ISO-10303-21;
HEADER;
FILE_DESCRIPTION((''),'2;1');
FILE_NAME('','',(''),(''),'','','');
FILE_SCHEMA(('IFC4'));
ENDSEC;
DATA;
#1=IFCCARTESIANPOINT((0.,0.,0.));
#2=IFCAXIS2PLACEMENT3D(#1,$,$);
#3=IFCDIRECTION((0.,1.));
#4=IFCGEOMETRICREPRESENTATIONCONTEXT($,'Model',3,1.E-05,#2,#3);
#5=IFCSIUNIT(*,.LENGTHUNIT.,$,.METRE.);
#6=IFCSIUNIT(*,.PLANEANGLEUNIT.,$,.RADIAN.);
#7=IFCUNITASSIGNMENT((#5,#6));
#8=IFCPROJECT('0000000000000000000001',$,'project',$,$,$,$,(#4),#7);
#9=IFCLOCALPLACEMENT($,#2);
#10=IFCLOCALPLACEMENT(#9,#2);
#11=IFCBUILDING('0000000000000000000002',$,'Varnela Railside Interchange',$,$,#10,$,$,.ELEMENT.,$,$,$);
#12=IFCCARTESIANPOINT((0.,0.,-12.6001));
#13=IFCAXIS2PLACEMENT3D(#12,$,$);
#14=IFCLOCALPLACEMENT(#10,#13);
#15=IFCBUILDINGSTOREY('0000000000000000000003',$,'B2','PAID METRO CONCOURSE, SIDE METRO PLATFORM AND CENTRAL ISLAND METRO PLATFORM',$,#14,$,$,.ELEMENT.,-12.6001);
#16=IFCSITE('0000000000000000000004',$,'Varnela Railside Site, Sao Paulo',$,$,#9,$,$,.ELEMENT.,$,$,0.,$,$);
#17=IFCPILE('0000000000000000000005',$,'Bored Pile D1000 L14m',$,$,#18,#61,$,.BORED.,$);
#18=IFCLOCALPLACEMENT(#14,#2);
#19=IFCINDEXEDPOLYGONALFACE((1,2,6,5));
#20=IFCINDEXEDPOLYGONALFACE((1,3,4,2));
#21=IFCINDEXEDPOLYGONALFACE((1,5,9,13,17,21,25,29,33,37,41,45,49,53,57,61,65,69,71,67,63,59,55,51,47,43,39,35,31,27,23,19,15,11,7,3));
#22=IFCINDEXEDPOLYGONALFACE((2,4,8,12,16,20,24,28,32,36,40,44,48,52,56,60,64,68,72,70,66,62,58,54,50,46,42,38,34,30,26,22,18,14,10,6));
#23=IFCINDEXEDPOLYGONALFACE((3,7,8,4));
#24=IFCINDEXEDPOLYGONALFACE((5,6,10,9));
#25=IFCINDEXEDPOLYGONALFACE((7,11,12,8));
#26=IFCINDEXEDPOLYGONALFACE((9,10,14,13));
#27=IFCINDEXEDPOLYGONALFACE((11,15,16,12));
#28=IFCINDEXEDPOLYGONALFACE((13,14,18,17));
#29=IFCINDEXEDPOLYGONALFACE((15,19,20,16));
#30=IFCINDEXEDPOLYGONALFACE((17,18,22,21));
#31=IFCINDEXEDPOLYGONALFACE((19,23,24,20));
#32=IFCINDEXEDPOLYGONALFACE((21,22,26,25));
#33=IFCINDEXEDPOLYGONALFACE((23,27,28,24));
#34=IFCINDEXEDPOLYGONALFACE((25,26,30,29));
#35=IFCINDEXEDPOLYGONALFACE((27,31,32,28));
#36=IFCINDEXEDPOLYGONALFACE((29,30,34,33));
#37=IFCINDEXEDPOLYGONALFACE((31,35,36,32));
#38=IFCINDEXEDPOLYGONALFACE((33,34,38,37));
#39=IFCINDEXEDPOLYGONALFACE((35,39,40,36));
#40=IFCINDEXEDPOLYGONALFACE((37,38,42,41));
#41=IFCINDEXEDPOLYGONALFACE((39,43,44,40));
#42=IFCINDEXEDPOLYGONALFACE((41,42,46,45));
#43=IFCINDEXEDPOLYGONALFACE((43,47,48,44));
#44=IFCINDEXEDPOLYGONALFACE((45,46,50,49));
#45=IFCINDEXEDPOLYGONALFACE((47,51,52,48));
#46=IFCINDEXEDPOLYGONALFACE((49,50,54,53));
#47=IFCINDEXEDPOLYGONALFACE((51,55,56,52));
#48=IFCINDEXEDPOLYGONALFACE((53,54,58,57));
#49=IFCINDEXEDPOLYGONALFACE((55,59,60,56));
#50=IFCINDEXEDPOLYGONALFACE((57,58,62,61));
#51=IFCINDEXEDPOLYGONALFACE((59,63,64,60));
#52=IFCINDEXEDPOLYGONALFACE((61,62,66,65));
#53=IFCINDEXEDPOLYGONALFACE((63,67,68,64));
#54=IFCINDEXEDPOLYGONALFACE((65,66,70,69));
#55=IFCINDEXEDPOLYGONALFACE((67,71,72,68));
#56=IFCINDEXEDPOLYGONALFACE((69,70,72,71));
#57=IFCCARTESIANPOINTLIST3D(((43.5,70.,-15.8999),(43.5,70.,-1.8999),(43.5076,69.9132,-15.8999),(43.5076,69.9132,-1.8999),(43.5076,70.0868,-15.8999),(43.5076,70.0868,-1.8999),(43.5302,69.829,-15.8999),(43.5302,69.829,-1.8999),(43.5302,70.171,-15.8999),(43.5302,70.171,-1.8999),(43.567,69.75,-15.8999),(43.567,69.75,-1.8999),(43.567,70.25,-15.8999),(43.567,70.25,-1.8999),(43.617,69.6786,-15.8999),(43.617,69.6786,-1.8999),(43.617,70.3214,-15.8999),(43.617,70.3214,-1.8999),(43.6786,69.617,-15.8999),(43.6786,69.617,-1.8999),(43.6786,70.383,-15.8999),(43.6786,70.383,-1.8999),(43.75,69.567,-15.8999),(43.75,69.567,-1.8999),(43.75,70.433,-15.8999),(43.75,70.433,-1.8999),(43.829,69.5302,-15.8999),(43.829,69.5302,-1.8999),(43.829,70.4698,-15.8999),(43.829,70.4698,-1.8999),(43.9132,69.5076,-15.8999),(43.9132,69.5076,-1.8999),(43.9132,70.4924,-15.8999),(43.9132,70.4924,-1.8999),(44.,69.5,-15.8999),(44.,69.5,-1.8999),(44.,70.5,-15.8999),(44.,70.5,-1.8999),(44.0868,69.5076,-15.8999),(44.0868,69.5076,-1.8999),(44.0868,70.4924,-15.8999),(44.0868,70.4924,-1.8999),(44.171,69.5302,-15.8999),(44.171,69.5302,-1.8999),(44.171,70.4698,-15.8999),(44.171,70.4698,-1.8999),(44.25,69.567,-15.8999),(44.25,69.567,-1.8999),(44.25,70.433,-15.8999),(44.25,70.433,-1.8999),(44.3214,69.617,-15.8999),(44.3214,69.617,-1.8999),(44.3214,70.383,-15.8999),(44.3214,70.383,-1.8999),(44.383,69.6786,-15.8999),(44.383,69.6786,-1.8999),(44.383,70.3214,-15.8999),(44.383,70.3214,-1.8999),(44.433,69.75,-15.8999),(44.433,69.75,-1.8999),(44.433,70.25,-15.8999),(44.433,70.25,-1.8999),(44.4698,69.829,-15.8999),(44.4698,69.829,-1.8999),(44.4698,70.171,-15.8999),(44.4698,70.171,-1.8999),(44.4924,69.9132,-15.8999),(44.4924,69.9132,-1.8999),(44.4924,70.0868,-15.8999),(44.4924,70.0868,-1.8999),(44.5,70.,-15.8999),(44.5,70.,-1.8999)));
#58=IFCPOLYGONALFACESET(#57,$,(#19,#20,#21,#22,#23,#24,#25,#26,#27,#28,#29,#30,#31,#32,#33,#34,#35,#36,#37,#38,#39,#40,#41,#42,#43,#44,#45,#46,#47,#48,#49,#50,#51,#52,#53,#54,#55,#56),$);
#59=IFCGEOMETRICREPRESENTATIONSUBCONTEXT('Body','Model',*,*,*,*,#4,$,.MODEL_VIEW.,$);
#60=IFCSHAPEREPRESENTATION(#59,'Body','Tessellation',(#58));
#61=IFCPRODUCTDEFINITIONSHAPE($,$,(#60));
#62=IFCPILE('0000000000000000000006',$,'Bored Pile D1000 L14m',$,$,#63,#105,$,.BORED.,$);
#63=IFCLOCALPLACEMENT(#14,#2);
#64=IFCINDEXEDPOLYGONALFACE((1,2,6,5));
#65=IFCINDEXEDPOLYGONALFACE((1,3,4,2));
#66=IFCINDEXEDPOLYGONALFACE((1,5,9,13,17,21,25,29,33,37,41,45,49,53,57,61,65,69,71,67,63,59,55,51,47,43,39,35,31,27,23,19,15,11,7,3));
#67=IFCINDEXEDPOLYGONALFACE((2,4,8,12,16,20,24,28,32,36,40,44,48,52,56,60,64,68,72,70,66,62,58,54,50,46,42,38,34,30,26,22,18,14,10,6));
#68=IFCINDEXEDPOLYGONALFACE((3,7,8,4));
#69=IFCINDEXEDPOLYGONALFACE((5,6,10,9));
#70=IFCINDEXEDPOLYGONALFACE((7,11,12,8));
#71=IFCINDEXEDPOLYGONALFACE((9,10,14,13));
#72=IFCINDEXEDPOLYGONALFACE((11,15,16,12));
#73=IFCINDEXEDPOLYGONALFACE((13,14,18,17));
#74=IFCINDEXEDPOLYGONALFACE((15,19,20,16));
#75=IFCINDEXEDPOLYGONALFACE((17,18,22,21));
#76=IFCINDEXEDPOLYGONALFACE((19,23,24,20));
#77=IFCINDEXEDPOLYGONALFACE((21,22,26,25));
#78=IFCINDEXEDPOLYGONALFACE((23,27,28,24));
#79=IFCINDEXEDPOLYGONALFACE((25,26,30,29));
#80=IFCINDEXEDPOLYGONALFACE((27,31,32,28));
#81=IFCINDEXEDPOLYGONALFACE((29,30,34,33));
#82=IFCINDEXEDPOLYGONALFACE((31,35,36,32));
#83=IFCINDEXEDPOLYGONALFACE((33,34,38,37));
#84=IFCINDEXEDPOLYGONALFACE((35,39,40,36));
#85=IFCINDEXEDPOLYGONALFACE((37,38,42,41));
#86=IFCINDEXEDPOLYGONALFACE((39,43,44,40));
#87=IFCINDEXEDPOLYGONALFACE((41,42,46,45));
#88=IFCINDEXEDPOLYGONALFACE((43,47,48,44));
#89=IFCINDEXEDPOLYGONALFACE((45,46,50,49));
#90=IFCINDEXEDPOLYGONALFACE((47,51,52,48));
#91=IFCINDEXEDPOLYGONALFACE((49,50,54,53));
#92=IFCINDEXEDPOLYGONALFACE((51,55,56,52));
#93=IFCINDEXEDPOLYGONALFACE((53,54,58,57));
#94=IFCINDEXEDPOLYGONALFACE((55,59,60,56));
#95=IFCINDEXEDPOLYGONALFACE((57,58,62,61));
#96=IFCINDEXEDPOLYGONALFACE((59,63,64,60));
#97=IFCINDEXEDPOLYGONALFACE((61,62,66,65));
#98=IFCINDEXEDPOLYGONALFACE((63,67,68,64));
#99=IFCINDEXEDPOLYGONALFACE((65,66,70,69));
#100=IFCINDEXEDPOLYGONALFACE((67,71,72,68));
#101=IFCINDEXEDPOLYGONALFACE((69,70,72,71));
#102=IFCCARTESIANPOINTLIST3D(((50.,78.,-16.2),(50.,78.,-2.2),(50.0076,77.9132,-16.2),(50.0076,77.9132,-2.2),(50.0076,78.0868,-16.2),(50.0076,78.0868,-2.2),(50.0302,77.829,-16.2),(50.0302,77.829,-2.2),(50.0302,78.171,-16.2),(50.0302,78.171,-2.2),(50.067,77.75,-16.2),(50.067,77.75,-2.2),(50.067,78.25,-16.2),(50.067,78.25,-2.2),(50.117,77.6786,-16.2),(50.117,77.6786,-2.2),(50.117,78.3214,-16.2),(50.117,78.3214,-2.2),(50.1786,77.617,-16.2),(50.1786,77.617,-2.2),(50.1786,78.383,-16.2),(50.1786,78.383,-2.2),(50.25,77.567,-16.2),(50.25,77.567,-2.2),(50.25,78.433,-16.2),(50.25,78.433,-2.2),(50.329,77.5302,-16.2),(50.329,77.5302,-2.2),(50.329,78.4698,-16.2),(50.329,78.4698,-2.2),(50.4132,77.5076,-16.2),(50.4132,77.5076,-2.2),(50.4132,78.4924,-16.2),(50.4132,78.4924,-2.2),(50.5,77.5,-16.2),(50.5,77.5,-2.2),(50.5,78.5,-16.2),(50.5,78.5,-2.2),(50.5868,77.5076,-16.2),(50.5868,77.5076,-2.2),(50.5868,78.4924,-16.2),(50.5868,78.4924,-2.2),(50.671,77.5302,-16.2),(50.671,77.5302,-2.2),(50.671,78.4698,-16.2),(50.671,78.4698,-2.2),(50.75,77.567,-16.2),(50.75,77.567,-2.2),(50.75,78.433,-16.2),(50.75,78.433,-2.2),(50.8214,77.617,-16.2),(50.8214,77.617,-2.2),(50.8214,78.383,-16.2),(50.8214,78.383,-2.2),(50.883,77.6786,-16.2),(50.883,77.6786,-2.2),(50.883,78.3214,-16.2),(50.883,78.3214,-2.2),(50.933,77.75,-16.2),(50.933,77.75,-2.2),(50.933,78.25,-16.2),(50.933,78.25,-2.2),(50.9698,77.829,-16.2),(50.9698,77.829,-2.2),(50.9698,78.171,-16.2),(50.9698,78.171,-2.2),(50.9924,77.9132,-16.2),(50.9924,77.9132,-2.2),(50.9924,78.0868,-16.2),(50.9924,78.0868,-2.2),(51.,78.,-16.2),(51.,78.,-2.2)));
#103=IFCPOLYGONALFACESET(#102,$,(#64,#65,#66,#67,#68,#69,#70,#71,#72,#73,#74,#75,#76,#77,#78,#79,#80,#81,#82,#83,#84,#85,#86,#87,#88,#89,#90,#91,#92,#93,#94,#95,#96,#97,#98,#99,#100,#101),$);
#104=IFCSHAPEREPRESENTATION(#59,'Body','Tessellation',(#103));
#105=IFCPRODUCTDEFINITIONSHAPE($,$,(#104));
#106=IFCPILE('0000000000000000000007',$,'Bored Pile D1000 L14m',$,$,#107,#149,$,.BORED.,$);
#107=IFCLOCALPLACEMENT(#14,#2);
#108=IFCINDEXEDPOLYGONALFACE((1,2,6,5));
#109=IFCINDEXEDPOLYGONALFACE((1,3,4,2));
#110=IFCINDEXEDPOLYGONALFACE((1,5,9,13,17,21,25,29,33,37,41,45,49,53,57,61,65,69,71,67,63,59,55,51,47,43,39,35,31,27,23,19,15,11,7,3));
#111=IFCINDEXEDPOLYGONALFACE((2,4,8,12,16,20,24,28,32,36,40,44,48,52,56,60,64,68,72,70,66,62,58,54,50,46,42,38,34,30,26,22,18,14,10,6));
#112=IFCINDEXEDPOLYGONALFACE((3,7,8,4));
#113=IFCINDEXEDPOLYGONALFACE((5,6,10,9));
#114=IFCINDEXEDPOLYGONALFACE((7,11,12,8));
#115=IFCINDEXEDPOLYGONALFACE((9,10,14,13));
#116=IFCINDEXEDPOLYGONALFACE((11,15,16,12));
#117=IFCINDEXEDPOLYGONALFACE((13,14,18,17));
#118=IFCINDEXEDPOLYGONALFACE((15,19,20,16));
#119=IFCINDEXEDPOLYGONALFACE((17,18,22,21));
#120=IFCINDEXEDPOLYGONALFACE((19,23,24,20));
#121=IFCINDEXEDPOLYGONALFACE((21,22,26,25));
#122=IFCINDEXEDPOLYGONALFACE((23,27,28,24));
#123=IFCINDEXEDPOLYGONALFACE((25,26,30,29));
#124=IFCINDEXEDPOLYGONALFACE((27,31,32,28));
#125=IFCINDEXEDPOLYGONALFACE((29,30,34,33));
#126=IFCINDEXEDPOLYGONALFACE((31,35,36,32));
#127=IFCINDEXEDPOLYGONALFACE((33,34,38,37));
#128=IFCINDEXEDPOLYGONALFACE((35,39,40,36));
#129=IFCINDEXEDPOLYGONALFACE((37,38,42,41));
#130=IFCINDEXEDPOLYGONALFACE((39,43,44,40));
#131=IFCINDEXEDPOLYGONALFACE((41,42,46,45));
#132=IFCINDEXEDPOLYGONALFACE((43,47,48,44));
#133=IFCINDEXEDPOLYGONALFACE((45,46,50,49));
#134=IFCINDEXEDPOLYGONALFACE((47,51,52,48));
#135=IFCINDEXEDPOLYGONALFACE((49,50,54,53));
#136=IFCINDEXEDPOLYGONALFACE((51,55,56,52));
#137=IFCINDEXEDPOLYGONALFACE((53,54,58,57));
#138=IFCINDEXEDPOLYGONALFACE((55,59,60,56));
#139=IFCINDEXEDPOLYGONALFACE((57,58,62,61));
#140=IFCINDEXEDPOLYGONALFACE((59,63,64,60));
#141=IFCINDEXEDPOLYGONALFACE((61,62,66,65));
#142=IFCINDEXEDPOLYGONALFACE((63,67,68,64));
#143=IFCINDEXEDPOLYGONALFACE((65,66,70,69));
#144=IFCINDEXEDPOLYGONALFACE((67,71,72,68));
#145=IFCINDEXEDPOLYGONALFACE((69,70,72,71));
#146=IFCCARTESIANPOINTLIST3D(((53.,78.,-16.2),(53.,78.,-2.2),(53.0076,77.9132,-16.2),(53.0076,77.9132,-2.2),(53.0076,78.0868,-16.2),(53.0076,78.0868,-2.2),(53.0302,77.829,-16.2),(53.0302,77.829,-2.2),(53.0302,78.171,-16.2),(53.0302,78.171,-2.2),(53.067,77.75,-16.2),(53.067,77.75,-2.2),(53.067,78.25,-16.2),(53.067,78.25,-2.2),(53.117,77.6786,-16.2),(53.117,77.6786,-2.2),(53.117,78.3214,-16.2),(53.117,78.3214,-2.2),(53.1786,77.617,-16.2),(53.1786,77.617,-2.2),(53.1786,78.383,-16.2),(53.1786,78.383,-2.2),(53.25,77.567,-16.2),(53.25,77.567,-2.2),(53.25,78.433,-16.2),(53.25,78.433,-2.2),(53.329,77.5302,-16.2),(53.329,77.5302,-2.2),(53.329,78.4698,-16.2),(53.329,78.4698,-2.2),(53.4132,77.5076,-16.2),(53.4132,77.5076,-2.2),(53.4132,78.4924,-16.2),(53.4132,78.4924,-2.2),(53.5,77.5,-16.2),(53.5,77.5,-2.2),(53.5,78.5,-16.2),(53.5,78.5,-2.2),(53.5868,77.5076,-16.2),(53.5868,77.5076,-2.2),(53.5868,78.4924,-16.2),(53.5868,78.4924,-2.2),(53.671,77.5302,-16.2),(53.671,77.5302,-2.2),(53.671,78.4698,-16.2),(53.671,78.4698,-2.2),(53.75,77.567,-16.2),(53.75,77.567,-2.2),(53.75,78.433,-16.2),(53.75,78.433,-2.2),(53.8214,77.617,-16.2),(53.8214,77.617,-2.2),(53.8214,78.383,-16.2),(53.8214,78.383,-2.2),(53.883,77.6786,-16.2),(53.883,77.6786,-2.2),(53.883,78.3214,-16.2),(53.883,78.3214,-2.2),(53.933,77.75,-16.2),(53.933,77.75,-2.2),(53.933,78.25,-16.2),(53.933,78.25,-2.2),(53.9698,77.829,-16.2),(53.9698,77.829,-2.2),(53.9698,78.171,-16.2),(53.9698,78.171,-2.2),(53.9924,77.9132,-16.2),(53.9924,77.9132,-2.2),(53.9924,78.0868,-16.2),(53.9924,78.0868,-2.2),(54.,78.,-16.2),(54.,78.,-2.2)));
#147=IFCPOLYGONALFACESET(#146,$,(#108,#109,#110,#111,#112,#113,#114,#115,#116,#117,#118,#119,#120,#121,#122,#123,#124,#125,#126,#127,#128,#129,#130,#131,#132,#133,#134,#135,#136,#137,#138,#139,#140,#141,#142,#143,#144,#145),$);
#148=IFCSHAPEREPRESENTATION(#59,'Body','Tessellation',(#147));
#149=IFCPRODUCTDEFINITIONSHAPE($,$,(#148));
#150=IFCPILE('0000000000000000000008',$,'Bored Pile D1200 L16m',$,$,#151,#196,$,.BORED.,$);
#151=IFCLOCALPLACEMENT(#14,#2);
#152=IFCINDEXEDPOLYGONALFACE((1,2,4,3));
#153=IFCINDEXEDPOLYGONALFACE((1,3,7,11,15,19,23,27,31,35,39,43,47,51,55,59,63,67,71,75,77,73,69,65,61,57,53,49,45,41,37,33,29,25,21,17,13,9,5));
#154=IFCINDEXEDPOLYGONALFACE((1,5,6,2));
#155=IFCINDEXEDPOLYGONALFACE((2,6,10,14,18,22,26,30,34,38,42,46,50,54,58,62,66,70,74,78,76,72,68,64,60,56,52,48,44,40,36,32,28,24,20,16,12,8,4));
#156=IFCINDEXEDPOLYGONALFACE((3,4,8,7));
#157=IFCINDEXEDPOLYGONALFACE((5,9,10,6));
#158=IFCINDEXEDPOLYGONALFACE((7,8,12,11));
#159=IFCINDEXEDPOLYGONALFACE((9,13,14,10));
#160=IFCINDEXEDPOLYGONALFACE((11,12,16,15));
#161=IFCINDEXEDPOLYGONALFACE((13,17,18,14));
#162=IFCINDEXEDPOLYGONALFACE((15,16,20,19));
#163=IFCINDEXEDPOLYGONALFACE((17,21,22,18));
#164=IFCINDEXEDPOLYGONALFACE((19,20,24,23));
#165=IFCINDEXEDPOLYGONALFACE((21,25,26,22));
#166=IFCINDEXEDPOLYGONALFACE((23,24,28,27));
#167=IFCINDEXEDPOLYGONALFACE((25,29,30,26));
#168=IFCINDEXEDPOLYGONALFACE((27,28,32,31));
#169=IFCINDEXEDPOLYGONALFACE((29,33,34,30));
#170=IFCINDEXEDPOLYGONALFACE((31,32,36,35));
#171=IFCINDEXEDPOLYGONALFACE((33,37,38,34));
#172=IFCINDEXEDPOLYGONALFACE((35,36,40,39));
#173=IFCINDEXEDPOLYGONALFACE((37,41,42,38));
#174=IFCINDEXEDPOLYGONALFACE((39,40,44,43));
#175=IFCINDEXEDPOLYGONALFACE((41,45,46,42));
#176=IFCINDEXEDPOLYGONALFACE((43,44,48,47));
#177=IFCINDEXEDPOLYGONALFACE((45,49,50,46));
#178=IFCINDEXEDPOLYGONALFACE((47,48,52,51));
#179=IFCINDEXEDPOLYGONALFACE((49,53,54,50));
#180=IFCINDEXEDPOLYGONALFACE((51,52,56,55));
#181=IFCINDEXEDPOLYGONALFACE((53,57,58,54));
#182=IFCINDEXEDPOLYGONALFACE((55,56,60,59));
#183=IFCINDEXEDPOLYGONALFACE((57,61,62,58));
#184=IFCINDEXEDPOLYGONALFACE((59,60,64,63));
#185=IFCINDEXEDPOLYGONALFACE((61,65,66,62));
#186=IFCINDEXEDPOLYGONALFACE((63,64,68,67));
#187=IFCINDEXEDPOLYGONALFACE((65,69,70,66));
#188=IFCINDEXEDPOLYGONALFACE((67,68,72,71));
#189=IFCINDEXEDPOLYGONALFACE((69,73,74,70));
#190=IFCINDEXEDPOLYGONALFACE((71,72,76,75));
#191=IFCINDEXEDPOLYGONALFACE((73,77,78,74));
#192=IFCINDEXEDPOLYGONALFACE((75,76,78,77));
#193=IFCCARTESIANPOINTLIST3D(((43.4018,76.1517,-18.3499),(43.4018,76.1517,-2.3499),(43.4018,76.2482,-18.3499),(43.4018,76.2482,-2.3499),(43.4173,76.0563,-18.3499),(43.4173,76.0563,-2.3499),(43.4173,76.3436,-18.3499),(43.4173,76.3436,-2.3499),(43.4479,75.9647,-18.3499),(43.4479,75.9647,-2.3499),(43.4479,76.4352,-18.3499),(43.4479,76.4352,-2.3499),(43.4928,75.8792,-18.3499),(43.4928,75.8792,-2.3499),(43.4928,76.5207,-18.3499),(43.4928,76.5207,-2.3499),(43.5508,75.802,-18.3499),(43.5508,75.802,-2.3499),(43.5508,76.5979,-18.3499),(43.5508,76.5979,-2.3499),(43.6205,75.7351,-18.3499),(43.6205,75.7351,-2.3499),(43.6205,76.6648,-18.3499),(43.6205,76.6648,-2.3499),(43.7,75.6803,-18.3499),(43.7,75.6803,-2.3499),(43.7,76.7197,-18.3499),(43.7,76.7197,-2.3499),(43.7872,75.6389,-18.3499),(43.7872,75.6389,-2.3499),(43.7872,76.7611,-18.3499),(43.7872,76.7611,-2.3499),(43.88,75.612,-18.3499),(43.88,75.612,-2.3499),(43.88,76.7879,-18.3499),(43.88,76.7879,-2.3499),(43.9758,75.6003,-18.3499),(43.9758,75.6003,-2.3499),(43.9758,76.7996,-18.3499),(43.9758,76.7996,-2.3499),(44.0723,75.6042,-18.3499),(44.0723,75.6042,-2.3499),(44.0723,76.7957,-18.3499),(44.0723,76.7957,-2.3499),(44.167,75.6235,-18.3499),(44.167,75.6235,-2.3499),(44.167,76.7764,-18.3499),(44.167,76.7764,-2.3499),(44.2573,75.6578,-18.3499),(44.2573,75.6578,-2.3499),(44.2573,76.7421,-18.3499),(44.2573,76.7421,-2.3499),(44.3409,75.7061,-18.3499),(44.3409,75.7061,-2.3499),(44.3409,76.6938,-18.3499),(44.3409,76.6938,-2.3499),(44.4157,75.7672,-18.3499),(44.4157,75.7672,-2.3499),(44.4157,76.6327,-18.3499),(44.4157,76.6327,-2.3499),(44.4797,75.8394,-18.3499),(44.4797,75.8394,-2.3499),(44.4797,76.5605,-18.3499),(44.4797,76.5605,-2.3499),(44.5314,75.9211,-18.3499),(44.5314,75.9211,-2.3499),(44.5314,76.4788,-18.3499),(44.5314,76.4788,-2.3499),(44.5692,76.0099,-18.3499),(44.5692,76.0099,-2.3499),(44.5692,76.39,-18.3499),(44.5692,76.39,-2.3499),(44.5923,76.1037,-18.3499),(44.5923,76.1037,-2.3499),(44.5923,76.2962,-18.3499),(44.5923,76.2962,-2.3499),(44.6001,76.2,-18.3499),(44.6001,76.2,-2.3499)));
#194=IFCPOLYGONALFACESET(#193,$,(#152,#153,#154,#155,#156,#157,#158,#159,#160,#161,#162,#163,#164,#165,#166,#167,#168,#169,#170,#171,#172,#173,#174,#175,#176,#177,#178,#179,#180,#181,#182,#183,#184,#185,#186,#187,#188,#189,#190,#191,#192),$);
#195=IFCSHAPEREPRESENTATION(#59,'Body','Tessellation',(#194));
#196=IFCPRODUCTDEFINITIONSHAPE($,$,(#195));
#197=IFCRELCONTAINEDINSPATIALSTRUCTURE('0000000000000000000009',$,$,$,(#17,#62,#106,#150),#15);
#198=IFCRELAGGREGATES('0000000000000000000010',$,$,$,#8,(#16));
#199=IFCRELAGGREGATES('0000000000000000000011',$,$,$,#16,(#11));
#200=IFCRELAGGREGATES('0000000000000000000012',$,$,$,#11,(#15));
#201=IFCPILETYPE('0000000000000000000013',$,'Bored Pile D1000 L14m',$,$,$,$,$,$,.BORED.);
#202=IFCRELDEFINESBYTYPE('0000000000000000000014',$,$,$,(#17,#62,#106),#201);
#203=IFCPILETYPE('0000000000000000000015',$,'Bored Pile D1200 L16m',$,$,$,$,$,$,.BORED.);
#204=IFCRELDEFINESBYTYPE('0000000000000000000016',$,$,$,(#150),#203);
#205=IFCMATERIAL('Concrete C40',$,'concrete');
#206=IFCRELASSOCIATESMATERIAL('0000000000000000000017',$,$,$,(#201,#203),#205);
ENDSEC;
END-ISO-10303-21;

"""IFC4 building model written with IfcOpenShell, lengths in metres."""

from ifc_helpers import new_model, si_unit, direction, frame, origin, origin_2d, place, context, subcontext, project, spatial, circle, extrude, material, material_profile, profile_set, type_object, element, save


model = new_model("IFC4")

# Units and contexts
model_context = context("Model", 3, precision=1e-05, world=origin(), true_north=direction((0.0, 1.0)))
body_context = subcontext(model_context, "Body", "Model", "MODEL_VIEW")
ifc_project = project(units=[si_unit("LENGTHUNIT", "METRE"), si_unit("PLANEANGLEUNIT", "RADIAN")], contexts=[model_context])

# Site, building, storey
site_placement = place(None, origin())
site = spatial("IfcSite", under=ifc_project, at=site_placement, Name="Varnela Railside Site, Sao Paulo", CompositionType="ELEMENT", RefElevation=0.0)
building_placement = place(site_placement, origin())
building = spatial("IfcBuilding", under=site, at=building_placement, Name="Varnela Railside Interchange", CompositionType="ELEMENT")
storey_placement = place(building_placement, frame((0.0, 0.0, -12.6001)))
storey = spatial("IfcBuildingStorey", under=building, at=storey_placement, Name="B2", Description="PAID METRO CONCOURSE, SIDE METRO PLATFORM AND CENTRAL ISLAND METRO PLATFORM", CompositionType="ELEMENT", Elevation=-12.6001)

# Piles
ifc_material_1 = material(Name="Concrete C40", Category="concrete")
ifc_material_profile_1 = material_profile(ifc_material_1, circle(Radius=0.5, at=origin_2d()), Name="BORED PILE D1000")
ifc_profile_set_1 = profile_set([ifc_material_profile_1], Name="Concrete C40")
pile_type_1 = type_object("IfcPileType", Name="Bored Pile D1000 L14m", PredefinedType="BORED", material=ifc_profile_set_1)
for number, where, z_axis, x_axis, name in (
    (1, (44.0, 70.0, -1.8999), (0.0, 0.0, -1.0), (1.0, 0.0, 0.0), "Bored Pile D1000 L14m"),
    (2, (50.5, 78.0, -2.2), (0.0, 0.0, -1.0), (1.0, 0.0, 0.0), "Bored Pile D1000 L14m"),
    (3, (53.5, 78.0, -2.2), (0.0, 0.0, -1.0), (1.0, 0.0, 0.0), "Bored Pile D1000 L14m"),
):
    element("IfcPile", number, at=place(storey_placement, frame(where, z_axis=z_axis, x_axis=x_axis)), inside=storey, type_object=pile_type_1, Name=name, PredefinedType="BORED", context=body_context, shape_type="SweptSolid", body=[
        extrude(circle(Radius=0.5, at=origin_2d()), origin(), (0.0, 0.0, 1.0), 14.0),
    ])
ifc_material_profile_2 = material_profile(ifc_material_1, circle(Radius=0.6001, at=origin_2d()), Name="BORED PILE D1200")
ifc_profile_set_2 = profile_set([ifc_material_profile_2], Name="Concrete C40")
pile_type_2 = type_object("IfcPileType", Name="Bored Pile D1200 L16m", PredefinedType="BORED", material=ifc_profile_set_2)
for number, where, z_axis, x_axis, name in (
    (4, (44.0, 76.2, -2.3499), (0.0, 0.0, -1.0), (1.0, 0.0, 0.0), "Bored Pile D1200 L16m"),
):
    element("IfcPile", number, at=place(storey_placement, frame(where, z_axis=z_axis, x_axis=x_axis)), inside=storey, type_object=pile_type_2, Name=name, PredefinedType="BORED", context=body_context, shape_type="SweptSolid", body=[
        extrude(circle(Radius=0.6001, at=origin_2d()), origin(), (0.0, 0.0, 1.0), 16.0),
    ])

save(model, "model.ifc")
